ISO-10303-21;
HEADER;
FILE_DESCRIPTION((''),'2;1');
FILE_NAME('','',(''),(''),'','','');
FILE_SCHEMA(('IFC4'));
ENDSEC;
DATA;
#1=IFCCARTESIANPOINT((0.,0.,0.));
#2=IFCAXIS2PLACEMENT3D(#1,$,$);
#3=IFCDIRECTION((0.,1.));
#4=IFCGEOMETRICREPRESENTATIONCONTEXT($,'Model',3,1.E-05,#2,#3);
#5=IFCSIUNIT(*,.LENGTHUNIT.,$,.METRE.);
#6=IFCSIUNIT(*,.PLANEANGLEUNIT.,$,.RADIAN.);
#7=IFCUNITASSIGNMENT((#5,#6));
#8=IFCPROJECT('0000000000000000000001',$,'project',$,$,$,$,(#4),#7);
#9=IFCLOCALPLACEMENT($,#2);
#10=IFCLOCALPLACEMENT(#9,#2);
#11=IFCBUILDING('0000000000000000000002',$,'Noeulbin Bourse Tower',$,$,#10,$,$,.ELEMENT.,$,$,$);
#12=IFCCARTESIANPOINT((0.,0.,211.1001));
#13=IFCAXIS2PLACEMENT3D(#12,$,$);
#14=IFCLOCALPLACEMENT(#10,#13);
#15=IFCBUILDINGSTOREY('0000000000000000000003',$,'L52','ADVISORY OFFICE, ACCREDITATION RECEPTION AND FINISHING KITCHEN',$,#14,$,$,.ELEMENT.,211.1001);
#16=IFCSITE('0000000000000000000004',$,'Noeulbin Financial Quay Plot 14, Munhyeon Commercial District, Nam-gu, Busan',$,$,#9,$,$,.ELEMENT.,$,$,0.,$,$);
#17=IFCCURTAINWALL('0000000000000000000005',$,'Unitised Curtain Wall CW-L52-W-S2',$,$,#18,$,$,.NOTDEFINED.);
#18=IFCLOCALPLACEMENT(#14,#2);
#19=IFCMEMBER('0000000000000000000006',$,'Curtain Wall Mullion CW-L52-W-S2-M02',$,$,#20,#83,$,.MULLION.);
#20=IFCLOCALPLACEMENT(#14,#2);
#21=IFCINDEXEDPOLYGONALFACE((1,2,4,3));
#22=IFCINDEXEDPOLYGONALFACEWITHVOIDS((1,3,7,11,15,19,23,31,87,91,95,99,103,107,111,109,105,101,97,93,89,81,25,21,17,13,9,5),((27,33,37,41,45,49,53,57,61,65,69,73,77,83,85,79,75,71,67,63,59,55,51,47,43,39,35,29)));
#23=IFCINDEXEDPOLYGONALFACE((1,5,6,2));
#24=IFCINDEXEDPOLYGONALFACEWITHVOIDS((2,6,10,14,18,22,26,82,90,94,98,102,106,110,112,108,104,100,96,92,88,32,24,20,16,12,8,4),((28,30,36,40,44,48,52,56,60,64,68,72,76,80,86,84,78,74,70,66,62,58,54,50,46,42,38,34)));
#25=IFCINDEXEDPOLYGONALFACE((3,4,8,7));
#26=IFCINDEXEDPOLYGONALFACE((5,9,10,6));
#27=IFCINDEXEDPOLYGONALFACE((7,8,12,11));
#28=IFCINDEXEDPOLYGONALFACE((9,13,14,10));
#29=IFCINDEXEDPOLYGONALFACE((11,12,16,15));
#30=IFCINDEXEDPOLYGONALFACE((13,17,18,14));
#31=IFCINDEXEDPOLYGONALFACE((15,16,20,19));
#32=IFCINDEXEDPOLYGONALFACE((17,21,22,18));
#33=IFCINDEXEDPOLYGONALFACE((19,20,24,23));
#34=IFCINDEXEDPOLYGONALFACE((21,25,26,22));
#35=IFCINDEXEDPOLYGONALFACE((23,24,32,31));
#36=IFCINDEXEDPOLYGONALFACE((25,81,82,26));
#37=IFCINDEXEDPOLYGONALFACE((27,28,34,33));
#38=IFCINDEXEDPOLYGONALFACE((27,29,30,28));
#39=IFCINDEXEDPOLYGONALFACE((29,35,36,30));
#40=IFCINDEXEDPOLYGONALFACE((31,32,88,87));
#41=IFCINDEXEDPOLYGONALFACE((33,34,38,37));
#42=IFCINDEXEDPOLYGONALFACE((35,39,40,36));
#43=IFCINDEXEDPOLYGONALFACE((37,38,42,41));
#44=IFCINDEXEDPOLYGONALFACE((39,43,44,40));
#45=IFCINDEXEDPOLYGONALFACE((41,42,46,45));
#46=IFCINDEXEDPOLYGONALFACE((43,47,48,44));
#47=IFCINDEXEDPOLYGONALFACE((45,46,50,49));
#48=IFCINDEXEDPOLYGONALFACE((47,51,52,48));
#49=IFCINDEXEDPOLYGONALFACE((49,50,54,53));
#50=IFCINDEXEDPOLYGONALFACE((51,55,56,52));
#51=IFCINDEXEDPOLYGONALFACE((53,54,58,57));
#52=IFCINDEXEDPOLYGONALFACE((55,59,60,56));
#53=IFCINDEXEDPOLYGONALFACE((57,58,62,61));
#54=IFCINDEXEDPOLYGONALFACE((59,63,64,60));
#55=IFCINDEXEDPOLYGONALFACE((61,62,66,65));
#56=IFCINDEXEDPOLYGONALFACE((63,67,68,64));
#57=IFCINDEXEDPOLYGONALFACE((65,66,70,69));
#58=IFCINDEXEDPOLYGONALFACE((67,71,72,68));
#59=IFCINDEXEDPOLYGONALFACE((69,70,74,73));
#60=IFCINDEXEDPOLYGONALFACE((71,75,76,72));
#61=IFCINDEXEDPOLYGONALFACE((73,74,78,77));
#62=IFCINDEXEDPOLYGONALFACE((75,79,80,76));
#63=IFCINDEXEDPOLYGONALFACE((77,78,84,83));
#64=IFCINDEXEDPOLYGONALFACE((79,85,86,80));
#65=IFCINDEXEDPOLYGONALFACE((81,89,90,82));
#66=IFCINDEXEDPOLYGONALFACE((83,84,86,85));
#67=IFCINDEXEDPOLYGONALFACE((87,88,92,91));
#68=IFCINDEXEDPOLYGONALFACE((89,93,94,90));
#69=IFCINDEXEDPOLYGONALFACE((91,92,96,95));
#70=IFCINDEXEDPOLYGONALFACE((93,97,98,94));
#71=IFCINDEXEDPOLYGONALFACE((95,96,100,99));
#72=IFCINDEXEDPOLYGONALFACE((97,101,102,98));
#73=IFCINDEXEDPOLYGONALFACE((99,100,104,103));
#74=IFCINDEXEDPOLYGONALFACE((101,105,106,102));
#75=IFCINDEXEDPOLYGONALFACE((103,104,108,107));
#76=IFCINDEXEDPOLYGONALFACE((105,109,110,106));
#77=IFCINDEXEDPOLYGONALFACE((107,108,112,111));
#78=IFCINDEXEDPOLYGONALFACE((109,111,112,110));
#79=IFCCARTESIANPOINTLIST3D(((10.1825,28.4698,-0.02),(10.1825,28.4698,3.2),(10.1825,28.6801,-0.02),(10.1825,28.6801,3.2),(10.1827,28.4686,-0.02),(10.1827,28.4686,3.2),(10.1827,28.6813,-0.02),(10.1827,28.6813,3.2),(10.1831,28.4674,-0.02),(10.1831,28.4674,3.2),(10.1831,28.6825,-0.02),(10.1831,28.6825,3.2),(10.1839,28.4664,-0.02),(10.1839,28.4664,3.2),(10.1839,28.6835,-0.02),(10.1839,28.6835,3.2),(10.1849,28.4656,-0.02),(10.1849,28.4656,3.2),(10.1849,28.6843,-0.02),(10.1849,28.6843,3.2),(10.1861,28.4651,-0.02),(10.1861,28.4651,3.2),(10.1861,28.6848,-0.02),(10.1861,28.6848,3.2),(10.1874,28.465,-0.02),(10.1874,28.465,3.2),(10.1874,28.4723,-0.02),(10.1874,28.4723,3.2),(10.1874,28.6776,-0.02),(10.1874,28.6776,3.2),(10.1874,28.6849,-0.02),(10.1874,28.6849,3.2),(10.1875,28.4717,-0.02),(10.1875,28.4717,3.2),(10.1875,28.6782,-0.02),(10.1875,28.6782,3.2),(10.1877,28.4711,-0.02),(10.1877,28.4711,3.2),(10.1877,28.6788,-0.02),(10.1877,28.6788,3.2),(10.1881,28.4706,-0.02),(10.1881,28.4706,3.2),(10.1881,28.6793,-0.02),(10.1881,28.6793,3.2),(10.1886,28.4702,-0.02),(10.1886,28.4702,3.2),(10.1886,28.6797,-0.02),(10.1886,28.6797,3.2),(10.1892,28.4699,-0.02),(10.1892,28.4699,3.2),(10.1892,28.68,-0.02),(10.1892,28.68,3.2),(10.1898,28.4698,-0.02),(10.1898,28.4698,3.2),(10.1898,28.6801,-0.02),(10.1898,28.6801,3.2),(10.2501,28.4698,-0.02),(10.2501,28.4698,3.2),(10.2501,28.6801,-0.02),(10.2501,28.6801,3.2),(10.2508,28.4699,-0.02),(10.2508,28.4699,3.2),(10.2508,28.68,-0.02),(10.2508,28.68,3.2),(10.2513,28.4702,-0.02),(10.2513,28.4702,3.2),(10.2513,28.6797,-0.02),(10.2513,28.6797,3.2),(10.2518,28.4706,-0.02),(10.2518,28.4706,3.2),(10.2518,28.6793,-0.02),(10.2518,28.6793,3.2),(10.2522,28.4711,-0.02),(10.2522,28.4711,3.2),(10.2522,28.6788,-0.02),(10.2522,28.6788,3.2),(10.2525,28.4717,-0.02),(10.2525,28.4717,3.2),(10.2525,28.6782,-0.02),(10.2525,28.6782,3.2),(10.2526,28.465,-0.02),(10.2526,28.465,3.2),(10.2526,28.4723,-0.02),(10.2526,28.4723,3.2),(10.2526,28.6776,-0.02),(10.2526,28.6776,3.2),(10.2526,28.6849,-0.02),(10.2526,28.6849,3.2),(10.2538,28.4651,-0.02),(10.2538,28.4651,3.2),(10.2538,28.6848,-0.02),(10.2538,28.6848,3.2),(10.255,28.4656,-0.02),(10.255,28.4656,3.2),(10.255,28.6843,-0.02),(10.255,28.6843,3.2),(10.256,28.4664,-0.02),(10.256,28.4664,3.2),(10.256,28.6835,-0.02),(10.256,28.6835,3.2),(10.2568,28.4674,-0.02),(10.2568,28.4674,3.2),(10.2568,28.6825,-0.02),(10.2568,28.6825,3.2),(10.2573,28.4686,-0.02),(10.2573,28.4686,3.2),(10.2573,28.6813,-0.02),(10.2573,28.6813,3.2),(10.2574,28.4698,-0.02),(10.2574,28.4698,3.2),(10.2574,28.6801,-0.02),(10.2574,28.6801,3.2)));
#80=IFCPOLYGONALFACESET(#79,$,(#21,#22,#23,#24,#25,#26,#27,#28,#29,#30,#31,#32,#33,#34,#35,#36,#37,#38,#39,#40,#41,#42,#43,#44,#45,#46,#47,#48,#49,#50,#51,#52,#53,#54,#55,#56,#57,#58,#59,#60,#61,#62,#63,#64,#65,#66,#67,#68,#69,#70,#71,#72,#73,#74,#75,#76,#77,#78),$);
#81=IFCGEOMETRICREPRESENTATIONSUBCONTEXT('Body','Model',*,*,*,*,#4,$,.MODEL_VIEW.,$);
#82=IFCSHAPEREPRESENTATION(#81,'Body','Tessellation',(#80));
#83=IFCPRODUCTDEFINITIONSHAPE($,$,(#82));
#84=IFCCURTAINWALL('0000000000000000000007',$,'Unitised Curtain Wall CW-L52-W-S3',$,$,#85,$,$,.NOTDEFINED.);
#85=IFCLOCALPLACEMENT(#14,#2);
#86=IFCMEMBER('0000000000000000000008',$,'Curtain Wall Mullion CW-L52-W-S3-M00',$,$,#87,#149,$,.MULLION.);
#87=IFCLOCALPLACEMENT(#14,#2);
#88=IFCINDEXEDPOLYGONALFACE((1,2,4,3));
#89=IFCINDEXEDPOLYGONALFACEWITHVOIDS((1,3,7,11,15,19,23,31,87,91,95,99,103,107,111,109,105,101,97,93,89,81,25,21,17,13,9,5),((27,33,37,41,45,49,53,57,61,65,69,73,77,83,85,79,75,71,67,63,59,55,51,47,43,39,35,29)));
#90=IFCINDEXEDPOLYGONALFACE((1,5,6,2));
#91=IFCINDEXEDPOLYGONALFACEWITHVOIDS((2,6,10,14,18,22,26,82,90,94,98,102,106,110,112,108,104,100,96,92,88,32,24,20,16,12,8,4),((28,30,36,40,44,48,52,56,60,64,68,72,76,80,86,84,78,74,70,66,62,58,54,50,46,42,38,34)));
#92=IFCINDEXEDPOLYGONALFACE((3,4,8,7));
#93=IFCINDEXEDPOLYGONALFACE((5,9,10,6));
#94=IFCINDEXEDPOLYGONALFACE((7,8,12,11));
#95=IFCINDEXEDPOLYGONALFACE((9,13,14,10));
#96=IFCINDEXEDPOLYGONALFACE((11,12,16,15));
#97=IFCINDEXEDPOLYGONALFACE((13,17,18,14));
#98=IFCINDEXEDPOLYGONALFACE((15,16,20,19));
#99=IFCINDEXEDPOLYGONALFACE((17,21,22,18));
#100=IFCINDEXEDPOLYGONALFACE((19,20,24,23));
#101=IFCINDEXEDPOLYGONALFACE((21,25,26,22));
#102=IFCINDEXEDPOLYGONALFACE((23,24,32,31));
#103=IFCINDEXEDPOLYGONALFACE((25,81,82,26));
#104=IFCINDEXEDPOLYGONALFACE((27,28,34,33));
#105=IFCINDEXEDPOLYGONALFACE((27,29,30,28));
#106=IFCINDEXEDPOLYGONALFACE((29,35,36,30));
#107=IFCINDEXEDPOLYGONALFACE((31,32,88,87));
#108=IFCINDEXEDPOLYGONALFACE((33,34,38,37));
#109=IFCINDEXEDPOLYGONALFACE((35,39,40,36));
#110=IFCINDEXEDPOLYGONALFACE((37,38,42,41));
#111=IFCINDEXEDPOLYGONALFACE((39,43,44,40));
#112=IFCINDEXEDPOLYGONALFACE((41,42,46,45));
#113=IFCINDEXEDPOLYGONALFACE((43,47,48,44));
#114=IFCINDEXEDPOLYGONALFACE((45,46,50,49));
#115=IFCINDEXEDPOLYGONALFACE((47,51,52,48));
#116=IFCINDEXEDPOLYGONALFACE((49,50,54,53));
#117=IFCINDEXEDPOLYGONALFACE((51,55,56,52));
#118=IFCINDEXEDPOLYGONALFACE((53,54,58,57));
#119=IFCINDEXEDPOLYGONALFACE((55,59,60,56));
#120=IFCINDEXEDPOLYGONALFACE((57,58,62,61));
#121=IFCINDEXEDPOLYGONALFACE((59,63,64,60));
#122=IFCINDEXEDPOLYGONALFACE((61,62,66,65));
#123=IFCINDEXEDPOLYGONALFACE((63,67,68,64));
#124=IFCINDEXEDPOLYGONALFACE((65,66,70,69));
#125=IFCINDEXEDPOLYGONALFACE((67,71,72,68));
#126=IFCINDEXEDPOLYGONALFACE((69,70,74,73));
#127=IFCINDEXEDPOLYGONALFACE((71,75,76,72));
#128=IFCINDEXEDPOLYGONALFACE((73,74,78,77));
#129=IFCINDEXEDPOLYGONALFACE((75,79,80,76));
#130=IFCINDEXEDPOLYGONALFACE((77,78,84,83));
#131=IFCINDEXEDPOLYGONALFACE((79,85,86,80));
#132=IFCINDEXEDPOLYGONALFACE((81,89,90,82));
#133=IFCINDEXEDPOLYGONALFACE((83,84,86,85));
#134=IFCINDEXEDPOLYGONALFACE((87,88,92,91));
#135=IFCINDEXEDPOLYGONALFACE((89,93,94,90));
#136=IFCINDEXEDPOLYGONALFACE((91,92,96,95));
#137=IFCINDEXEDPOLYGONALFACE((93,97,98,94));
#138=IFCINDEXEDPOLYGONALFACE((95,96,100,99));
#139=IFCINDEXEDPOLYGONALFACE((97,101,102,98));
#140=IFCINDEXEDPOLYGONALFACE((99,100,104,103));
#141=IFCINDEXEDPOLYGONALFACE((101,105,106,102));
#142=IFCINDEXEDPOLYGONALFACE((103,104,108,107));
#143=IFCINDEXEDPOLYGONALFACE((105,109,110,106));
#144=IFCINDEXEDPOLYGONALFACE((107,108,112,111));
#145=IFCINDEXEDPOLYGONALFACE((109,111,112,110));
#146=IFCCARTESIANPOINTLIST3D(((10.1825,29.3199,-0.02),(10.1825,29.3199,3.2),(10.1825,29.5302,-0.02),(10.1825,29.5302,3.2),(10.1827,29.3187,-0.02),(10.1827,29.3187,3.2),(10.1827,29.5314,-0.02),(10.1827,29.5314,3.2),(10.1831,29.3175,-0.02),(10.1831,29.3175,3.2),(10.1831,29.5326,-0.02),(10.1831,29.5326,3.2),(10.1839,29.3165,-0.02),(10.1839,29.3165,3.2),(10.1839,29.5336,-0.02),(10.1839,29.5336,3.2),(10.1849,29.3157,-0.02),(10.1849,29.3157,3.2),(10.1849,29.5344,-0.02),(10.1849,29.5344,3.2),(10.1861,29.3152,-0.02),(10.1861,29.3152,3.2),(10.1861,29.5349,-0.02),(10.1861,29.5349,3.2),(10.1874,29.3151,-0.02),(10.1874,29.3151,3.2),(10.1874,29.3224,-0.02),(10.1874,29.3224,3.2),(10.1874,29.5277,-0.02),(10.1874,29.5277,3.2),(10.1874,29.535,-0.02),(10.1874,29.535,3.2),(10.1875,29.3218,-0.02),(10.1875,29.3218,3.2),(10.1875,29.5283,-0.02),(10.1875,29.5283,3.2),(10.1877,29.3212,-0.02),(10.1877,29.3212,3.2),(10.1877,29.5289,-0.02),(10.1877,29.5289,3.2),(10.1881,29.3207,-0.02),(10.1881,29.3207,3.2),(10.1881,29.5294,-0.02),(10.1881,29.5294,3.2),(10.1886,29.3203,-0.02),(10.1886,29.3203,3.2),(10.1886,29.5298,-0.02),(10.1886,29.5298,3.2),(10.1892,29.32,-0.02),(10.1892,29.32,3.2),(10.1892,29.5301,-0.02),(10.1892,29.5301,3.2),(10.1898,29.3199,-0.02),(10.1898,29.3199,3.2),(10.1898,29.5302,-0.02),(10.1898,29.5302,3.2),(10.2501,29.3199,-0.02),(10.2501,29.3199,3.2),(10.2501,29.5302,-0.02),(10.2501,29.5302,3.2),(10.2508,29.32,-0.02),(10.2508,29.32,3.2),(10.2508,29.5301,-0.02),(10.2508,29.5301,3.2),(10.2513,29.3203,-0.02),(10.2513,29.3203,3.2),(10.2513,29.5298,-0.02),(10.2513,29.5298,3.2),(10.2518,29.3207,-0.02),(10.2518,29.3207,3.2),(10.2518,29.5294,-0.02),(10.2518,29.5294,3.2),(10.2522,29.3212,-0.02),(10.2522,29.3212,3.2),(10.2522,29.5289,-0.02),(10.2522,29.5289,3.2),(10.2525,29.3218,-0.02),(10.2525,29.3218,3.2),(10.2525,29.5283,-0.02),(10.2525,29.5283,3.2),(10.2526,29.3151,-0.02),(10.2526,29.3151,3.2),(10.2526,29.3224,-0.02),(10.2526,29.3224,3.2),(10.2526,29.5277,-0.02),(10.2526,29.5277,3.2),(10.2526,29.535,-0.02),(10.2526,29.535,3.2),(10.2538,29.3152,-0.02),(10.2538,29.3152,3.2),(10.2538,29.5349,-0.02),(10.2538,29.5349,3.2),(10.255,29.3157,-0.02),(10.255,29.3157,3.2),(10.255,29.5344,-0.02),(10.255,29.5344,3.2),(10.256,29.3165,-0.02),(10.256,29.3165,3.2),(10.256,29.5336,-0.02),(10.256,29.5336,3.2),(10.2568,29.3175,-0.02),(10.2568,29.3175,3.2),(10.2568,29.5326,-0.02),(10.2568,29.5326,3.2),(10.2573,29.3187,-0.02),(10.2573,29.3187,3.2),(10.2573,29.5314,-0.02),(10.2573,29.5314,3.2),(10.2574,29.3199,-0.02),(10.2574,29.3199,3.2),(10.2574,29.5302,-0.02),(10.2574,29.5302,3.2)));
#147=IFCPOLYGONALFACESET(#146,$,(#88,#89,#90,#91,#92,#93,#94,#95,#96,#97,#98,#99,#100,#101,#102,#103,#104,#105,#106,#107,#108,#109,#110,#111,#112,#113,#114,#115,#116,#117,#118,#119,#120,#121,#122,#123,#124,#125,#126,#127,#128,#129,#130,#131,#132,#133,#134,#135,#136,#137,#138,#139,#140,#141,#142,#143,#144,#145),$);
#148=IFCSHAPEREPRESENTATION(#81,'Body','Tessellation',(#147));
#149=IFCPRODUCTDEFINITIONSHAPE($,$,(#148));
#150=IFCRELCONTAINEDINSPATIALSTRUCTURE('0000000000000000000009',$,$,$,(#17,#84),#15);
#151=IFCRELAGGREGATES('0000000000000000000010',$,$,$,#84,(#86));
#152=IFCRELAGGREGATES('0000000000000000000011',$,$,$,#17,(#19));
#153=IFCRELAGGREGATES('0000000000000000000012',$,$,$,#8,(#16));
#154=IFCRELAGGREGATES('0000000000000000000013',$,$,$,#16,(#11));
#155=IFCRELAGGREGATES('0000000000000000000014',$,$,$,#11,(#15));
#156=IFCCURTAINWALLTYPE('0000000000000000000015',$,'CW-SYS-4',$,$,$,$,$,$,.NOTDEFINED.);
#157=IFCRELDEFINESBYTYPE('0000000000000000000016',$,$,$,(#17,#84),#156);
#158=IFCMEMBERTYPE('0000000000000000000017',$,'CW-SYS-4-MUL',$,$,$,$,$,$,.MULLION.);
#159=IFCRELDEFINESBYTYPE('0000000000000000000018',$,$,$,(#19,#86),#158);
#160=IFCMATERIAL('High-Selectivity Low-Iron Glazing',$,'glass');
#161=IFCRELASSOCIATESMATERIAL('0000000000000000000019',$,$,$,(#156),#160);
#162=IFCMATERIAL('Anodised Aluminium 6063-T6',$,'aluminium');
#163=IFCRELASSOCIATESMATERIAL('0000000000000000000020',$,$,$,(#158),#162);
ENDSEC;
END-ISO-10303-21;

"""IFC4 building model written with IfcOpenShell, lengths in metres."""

from ifc_helpers import new_model, si_unit, direction, frame, origin, origin_2d, place, context, subcontext, project, spatial, hollow_rectangle, extrude, material, material_profile, profile_set, type_object, element, aggregate, save


model = new_model("IFC4")

# Units and contexts
model_context = context("Model", 3, precision=1e-05, world=origin(), true_north=direction((0.0, 1.0)))
body_context = subcontext(model_context, "Body", "Model", "MODEL_VIEW")
ifc_project = project(units=[si_unit("LENGTHUNIT", "METRE"), si_unit("PLANEANGLEUNIT", "RADIAN")], contexts=[model_context])

# Site, building, storey
site_placement = place(None, origin())
site = spatial("IfcSite", under=ifc_project, at=site_placement, Name="Noeulbin Financial Quay Plot 14, Munhyeon Commercial District, Nam-gu, Busan", CompositionType="ELEMENT", RefElevation=0.0)
building_placement = place(site_placement, origin())
building = spatial("IfcBuilding", under=site, at=building_placement, Name="Noeulbin Bourse Tower", CompositionType="ELEMENT")
storey_placement = place(building_placement, frame((0.0, 0.0, 211.1001)))
storey = spatial("IfcBuildingStorey", under=building, at=storey_placement, Name="L52", Description="ADVISORY OFFICE, ACCREDITATION RECEPTION AND FINISHING KITCHEN", CompositionType="ELEMENT", Elevation=211.1001)

# Curtain wall, member
ifc_material_1 = material(Name="High-Selectivity Low-Iron Glazing", Category="glass")
curtain_wall_type = type_object("IfcCurtainWallType", Name="CW-SYS-4", PredefinedType="NOTDEFINED", material=ifc_material_1)
curtain_wall_1_placement = place(storey_placement, origin())
curtain_wall_1 = element("IfcCurtainWall", 1, at=curtain_wall_1_placement, inside=storey, type_object=curtain_wall_type, Name="Unitised Curtain Wall CW-L52-W-S2", PredefinedType="NOTDEFINED")
ifc_material_2 = material(Name="Anodised Aluminium 6063-T6", Category="aluminium")
ifc_material_profile_1 = material_profile(ifc_material_2, hollow_rectangle(XDim=0.075, YDim=0.22, WallThickness=0.0049, InnerFilletRadius=0.0024, OuterFilletRadius=0.0049, at=origin_2d()), Name="ALU-MULL-75x220x5", Category="LoadBearing")
ifc_profile_set_1 = profile_set([ifc_material_profile_1], Name="Anodised Aluminium 6063-T6")
member_type_1 = type_object("IfcMemberType", Name="CW-SYS-4-MUL", PredefinedType="MULLION", material=ifc_profile_set_1)
member_1_placement = place(storey_placement, frame((10.22, 28.575, -0.02), z_axis=(0.0, 0.0, 1.0), x_axis=(1.0, 0.0, 0.0)))
member_1 = element("IfcMember", 2, at=member_1_placement, type_object=member_type_1, Name="Curtain Wall Mullion CW-L52-W-S2-M02", PredefinedType="MULLION", context=body_context, shape_type="SweptSolid", body=[
    extrude(hollow_rectangle(XDim=0.075, YDim=0.22, WallThickness=0.0049, InnerFilletRadius=0.0024, OuterFilletRadius=0.0049, at=origin_2d()), origin(), (0.0, 0.0, 1.0), 3.22),
])

# Curtain wall, member
curtain_wall_2_placement = place(storey_placement, origin())
curtain_wall_2 = element("IfcCurtainWall", 3, at=curtain_wall_2_placement, inside=storey, type_object=curtain_wall_type, Name="Unitised Curtain Wall CW-L52-W-S3", PredefinedType="NOTDEFINED")
member_2_placement = place(storey_placement, frame((10.22, 29.425, -0.02), z_axis=(0.0, 0.0, 1.0), x_axis=(1.0, 0.0, 0.0)))
member_2 = element("IfcMember", 4, at=member_2_placement, type_object=member_type_1, Name="Curtain Wall Mullion CW-L52-W-S3-M00", PredefinedType="MULLION", context=body_context, shape_type="SweptSolid", body=[
    extrude(hollow_rectangle(XDim=0.075, YDim=0.22, WallThickness=0.0049, InnerFilletRadius=0.0024, OuterFilletRadius=0.0049, at=origin_2d()), origin(), (0.0, 0.0, 1.0), 3.22),
])

aggregate(curtain_wall_2, [member_2])

aggregate(curtain_wall_1, [member_1])

save(model, "model.ifc")
